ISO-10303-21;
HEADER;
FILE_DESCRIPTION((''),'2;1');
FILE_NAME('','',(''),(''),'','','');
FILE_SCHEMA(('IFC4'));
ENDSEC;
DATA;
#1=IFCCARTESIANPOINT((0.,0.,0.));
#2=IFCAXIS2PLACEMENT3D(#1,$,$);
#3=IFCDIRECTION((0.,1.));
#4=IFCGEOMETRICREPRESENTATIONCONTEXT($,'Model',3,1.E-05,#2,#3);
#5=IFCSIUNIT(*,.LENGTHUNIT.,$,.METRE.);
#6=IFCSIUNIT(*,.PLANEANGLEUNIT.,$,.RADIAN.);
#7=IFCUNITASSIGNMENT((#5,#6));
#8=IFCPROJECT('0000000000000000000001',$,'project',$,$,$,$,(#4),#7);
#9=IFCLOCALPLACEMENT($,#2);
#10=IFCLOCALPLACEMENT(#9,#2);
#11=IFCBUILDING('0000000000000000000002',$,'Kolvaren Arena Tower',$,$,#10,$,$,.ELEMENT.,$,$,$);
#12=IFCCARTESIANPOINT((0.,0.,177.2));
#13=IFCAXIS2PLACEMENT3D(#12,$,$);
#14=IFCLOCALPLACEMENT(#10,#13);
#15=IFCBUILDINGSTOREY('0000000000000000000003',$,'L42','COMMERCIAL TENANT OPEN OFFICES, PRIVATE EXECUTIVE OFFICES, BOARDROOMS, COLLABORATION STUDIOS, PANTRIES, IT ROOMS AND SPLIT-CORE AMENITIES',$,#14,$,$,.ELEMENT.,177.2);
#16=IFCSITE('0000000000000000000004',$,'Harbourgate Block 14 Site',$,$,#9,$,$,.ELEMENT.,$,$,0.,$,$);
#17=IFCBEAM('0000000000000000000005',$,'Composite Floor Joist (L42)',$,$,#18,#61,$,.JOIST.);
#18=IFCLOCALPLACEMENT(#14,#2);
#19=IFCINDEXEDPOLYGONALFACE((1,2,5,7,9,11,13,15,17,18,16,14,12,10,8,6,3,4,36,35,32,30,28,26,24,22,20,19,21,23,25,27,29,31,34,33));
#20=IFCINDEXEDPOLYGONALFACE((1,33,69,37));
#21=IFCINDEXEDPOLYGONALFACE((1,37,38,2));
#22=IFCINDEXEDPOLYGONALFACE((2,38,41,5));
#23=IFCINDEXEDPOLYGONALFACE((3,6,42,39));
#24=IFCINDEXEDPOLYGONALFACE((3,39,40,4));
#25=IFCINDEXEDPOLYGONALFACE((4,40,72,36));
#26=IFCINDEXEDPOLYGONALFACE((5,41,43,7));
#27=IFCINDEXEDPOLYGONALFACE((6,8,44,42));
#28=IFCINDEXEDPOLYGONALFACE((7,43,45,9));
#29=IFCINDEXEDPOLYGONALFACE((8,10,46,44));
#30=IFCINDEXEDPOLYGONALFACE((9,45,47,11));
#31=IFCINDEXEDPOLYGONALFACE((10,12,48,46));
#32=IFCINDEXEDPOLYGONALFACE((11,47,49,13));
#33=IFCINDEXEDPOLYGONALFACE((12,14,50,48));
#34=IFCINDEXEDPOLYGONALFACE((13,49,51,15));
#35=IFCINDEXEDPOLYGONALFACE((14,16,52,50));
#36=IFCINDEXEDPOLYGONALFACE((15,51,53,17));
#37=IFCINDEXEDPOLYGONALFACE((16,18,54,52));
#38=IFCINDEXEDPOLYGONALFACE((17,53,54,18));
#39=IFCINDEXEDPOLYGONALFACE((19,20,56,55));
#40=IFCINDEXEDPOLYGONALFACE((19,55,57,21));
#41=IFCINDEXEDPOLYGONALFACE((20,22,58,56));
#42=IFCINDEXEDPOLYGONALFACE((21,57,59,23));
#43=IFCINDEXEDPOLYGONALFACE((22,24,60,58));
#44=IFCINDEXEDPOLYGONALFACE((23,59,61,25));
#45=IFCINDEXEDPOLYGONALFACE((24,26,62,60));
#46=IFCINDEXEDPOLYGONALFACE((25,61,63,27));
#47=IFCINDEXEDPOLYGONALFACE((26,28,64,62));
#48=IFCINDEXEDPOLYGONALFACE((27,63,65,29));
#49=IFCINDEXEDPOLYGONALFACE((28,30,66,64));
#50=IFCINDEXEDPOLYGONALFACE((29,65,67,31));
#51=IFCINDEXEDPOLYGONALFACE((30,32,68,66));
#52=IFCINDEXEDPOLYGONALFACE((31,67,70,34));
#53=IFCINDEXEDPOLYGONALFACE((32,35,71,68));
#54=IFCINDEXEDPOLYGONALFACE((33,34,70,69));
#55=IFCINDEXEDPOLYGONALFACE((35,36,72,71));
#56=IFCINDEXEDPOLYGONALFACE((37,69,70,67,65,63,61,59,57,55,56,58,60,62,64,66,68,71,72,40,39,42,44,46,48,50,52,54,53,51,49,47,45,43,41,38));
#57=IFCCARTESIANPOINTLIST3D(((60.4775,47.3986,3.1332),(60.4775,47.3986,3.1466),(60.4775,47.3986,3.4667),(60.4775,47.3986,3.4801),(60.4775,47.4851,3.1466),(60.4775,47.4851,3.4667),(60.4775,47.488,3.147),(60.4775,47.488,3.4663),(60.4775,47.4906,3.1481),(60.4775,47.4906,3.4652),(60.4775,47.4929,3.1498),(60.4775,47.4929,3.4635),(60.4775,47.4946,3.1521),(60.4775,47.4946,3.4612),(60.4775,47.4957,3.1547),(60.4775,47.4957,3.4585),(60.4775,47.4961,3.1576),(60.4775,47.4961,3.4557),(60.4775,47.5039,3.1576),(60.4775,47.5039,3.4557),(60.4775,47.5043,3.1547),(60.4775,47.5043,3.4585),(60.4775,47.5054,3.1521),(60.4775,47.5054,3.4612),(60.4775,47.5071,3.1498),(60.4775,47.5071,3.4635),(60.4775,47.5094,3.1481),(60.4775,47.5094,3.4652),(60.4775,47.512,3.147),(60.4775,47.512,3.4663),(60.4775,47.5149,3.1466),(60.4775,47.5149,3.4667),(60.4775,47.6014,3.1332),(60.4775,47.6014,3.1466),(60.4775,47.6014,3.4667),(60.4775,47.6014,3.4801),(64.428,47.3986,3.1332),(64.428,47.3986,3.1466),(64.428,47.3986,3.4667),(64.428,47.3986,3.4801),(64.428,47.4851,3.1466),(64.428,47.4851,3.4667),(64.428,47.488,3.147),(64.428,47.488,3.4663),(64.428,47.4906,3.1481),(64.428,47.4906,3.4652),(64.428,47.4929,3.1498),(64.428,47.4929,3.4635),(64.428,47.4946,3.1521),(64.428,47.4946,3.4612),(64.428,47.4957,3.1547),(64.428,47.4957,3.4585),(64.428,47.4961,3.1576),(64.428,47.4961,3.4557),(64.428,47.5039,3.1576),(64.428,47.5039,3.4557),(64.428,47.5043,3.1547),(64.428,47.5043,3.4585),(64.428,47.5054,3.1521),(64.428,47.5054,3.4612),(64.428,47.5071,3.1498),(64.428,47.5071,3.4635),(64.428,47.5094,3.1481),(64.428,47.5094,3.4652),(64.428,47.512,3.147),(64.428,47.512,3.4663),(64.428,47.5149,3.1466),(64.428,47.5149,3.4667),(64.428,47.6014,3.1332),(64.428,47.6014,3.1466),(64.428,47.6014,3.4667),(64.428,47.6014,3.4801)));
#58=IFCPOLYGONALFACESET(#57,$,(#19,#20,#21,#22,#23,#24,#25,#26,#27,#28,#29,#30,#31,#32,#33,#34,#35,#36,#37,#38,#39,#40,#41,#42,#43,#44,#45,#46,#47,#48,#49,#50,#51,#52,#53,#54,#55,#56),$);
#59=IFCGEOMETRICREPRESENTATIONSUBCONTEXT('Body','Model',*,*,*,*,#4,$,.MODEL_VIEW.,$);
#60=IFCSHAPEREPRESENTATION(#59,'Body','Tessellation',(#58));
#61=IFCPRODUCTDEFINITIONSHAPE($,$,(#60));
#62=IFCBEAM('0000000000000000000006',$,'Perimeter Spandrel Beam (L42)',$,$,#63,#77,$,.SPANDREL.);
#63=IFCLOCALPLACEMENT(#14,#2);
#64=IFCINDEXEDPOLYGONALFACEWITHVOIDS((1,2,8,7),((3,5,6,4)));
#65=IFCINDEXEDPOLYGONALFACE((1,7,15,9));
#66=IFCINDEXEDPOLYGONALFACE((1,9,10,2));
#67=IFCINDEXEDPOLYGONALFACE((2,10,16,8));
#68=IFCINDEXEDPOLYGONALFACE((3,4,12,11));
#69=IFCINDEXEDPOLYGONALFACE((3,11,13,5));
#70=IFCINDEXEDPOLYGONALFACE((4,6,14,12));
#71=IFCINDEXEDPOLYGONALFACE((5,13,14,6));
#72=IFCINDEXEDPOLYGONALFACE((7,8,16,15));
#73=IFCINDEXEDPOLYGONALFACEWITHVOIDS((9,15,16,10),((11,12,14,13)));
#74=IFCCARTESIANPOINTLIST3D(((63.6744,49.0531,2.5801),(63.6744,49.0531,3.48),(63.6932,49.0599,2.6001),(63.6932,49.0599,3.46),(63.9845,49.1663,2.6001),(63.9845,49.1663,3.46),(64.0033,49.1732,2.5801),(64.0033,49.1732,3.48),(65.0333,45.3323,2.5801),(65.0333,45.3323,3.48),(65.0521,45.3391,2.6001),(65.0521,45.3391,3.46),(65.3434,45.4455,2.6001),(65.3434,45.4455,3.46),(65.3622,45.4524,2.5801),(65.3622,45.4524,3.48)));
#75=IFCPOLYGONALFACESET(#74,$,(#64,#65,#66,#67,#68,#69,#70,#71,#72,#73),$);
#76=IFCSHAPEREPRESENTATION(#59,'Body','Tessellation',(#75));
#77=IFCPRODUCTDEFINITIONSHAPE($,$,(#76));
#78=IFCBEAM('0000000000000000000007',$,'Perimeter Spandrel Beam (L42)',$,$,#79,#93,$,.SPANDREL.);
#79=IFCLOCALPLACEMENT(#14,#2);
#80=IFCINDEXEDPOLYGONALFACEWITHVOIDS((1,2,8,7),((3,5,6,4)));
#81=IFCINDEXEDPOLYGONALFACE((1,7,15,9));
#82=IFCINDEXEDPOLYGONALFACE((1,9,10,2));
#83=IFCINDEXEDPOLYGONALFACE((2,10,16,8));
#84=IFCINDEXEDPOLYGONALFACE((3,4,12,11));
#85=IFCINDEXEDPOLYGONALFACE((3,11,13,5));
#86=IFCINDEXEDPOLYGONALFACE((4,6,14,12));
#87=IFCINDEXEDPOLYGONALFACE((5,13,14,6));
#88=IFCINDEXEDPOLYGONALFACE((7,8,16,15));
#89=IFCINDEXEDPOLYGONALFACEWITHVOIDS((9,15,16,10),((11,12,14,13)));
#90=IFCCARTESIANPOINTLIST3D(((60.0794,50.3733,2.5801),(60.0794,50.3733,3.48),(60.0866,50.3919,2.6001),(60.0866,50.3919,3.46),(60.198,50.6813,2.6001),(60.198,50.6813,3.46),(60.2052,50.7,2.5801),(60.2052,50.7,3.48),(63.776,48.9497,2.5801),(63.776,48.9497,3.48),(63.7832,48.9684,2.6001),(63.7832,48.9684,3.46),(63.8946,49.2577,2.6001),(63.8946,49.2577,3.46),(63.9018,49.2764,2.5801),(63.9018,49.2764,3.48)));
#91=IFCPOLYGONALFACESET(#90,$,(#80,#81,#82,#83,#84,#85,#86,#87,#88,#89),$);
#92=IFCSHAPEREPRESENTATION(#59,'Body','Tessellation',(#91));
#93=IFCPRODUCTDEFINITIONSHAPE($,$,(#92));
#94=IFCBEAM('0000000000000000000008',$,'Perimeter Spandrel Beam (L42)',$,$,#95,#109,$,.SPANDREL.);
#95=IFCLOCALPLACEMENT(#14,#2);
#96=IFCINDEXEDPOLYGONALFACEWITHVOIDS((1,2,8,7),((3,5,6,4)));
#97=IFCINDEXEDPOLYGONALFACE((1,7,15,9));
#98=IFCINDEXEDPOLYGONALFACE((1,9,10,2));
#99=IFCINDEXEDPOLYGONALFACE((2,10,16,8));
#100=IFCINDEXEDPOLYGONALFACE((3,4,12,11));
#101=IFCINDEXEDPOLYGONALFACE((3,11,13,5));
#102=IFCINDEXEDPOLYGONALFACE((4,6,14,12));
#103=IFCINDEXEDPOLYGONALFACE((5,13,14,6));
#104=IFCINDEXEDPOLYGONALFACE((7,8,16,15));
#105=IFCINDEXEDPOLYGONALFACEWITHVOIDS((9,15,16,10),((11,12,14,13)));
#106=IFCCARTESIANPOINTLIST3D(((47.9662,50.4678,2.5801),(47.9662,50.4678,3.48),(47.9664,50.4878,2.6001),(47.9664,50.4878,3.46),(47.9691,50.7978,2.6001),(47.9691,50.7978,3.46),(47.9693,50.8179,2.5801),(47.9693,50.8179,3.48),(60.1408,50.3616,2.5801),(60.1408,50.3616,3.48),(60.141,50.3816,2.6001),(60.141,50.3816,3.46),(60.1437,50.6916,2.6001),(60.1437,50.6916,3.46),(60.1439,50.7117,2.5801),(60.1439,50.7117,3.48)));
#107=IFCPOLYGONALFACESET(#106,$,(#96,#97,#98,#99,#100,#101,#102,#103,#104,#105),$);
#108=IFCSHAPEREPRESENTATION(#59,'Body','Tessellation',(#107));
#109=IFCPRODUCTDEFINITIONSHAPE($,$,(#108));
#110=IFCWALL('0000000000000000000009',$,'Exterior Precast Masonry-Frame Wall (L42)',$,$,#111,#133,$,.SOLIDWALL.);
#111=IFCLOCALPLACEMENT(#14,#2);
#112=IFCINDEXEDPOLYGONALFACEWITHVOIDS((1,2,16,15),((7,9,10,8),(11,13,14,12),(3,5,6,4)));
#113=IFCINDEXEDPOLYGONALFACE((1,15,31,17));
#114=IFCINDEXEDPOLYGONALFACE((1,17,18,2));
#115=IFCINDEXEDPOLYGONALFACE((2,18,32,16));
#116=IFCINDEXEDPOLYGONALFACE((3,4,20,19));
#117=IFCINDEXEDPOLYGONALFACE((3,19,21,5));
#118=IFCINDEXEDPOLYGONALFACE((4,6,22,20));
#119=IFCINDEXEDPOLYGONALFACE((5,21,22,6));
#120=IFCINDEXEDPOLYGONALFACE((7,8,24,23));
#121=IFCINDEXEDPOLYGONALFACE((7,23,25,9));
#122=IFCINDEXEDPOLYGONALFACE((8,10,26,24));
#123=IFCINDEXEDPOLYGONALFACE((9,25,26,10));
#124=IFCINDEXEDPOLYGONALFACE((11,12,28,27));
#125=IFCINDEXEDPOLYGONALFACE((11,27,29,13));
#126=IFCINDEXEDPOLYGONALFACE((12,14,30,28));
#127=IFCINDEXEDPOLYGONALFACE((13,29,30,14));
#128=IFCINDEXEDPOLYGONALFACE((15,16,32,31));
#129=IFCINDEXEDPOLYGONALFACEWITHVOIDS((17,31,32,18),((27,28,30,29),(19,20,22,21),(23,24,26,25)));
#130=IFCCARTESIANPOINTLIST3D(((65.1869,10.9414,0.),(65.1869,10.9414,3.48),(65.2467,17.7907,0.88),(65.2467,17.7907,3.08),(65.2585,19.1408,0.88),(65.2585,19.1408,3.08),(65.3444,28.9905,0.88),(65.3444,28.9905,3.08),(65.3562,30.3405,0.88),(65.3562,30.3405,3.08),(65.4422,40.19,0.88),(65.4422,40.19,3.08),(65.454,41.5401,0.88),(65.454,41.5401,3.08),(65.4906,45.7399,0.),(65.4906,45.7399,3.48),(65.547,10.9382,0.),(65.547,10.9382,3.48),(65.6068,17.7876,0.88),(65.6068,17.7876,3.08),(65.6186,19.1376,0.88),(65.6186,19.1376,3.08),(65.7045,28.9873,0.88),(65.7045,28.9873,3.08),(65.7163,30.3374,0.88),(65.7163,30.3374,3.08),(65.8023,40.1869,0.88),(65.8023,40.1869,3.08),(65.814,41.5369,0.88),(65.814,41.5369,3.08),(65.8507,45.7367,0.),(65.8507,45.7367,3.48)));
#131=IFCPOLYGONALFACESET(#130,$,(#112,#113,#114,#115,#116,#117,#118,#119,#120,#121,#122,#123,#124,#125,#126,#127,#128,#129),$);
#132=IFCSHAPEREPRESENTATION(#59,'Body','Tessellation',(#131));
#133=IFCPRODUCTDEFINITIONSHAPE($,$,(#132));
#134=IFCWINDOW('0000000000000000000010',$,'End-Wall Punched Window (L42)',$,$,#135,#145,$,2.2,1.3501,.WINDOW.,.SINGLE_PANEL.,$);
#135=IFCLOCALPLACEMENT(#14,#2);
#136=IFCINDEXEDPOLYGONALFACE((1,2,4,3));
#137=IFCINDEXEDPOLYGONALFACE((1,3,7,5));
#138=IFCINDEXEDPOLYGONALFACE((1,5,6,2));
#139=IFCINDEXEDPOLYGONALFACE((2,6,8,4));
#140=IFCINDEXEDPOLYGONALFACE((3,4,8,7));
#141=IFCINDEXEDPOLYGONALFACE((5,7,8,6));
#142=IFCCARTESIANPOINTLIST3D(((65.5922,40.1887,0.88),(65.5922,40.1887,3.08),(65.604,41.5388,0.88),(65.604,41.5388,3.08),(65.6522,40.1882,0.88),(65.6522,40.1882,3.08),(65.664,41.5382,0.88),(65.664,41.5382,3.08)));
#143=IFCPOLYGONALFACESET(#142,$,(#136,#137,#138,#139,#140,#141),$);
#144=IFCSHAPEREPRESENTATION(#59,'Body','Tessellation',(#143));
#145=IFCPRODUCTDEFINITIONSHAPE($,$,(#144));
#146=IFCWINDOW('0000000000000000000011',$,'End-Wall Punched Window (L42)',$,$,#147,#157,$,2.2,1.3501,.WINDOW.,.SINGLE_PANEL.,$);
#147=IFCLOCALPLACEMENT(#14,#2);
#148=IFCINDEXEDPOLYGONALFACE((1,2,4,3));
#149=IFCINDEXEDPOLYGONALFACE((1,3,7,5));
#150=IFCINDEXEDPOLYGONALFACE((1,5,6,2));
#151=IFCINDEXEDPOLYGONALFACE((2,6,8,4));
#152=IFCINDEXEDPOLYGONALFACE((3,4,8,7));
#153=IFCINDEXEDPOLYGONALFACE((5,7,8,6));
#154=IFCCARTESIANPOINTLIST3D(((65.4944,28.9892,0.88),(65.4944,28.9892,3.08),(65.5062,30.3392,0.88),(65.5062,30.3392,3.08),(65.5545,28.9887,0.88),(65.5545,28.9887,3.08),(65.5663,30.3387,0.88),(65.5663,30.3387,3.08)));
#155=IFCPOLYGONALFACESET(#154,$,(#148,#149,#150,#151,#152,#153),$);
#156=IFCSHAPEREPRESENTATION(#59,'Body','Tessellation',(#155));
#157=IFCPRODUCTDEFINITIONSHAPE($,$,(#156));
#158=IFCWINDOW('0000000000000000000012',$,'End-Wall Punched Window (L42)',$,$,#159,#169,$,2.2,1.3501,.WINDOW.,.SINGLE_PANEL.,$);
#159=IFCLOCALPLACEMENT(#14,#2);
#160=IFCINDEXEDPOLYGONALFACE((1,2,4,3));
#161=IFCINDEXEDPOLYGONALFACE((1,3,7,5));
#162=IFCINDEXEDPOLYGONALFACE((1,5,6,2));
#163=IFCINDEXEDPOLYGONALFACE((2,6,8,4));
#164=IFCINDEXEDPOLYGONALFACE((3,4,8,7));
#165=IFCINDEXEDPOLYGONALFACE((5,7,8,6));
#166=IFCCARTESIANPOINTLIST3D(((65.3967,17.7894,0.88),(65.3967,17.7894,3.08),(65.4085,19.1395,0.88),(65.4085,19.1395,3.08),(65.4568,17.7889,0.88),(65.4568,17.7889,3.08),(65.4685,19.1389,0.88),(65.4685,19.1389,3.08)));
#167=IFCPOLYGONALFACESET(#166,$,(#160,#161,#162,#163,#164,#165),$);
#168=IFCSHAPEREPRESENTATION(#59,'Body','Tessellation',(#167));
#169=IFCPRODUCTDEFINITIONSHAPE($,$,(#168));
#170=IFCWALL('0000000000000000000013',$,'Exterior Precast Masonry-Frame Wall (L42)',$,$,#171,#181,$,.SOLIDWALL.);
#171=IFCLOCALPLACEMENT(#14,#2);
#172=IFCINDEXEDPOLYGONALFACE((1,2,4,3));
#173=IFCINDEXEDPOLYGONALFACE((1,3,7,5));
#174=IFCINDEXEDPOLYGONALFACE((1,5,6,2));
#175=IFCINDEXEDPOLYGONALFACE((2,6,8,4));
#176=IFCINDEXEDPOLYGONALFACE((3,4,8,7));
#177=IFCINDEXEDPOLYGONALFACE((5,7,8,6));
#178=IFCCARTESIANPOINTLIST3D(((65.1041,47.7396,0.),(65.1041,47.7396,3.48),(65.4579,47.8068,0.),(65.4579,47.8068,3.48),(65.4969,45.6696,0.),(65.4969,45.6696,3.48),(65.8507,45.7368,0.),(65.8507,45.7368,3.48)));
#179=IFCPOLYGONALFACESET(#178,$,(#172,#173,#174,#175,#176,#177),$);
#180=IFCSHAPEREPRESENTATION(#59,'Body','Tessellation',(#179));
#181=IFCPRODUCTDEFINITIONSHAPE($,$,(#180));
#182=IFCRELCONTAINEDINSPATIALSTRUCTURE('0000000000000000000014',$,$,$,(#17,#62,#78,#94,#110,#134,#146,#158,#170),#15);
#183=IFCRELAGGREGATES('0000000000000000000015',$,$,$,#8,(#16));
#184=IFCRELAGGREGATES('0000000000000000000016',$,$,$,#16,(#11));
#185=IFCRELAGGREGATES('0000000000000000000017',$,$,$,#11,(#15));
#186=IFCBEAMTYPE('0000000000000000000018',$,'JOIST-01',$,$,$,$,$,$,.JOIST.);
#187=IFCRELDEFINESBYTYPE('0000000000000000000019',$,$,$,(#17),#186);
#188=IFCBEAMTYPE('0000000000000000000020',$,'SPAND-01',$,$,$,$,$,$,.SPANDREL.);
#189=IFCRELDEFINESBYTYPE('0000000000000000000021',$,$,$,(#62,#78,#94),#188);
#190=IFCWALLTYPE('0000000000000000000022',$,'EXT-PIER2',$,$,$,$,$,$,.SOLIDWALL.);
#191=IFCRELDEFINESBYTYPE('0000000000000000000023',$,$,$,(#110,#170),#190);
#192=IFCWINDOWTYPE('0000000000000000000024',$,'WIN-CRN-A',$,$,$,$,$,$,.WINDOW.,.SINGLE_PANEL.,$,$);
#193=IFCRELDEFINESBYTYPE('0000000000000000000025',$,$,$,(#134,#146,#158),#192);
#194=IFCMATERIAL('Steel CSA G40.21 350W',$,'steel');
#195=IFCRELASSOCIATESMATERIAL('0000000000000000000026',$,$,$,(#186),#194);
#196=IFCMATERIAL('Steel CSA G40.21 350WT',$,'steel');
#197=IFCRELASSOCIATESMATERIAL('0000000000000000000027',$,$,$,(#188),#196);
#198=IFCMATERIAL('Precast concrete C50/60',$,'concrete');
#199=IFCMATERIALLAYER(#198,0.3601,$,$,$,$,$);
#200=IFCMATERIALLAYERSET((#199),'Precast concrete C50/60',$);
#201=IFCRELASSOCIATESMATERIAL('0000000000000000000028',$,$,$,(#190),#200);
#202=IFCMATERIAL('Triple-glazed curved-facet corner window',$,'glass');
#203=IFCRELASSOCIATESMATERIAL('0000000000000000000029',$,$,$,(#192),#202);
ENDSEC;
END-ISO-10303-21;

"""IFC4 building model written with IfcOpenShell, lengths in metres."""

from ifc_helpers import new_model, si_unit, direction, frame, frame_2d, origin, origin_2d, place, context, subcontext, project, spatial, rectangle, hollow_rectangle, i_section, extrude, material, layer, layer_set, material_profile, profile_set, type_object, element, fill, save


model = new_model("IFC4")

# Units and contexts
model_context = context("Model", 3, precision=1e-05, world=origin(), true_north=direction((0.0, 1.0)))
body_context = subcontext(model_context, "Body", "Model", "MODEL_VIEW")
ifc_project = project(units=[si_unit("LENGTHUNIT", "METRE"), si_unit("PLANEANGLEUNIT", "RADIAN")], contexts=[model_context])

# Site, building, storey
site_placement = place(None, origin())
site = spatial("IfcSite", under=ifc_project, at=site_placement, Name="Harbourgate Block 14 Site", CompositionType="ELEMENT", RefElevation=0.0)
building_placement = place(site_placement, origin())
building = spatial("IfcBuilding", under=site, at=building_placement, Name="Kolvaren Arena Tower", CompositionType="ELEMENT")
storey_placement = place(building_placement, frame((0.0, 0.0, 177.2)))
storey = spatial("IfcBuildingStorey", under=building, at=storey_placement, Name="L42", Description="COMMERCIAL TENANT OPEN OFFICES, PRIVATE EXECUTIVE OFFICES, BOARDROOMS, COLLABORATION STUDIOS, PANTRIES, IT ROOMS AND SPLIT-CORE AMENITIES", CompositionType="ELEMENT", Elevation=177.2)

# Beams
ifc_material_1 = material(Name="Steel CSA G40.21 350W", Category="steel")
ifc_material_profile_1 = material_profile(ifc_material_1, i_section(OverallWidth=0.2029, OverallDepth=0.3469, WebThickness=0.0078, FlangeThickness=0.0134, FilletRadius=0.011, at=origin_2d()), Name="W360x64")
ifc_profile_set_1 = profile_set([ifc_material_profile_1], Name="Steel CSA G40.21 350W")
beam_type_1 = type_object("IfcBeamType", Name="JOIST-01", PredefinedType="JOIST", material=ifc_profile_set_1)
beam_1_placement = place(storey_placement, frame((60.4775, 47.5, 3.3066), z_axis=(1.0, 0.0, 0.0), x_axis=(0.0, 1.0, 0.0)))
element("IfcBeam", 1, at=beam_1_placement, inside=storey, type_object=beam_type_1, Name="Composite Floor Joist (L42)", PredefinedType="JOIST", context=body_context, shape_type="SweptSolid", body=[
    extrude(i_section(OverallWidth=0.2029, OverallDepth=0.3469, WebThickness=0.0078, FlangeThickness=0.0134, FilletRadius=0.011, at=origin_2d()), origin(), (0.0, 0.0, 1.0), 3.9504),
])
ifc_material_2 = material(Name="Steel CSA G40.21 350WT", Category="steel")
ifc_material_profile_2 = material_profile(ifc_material_2, hollow_rectangle(XDim=0.3501, YDim=0.8999, WallThickness=0.02, at=origin_2d()), Name="HSS 900x350x20")
ifc_profile_set_2 = profile_set([ifc_material_profile_2], Name="Steel CSA G40.21 350WT")
beam_type_2 = type_object("IfcBeamType", Name="SPAND-01", PredefinedType="SPANDREL", material=ifc_profile_set_2)
for number, where, z_axis, x_axis, name in (
    (2, (65.1978, 45.3923, 3.03), (-0.343059, 0.939314, 0.0), (-0.939314, -0.343059, 0.0), "Perimeter Spandrel Beam (L42)"),
    (3, (63.8389, 49.113, 3.03), (-0.93319, 0.359384, 0.0), (-0.359384, -0.93319, 0.0), "Perimeter Spandrel Beam (L42)"),
):
    element("IfcBeam", number, at=place(storey_placement, frame(where, z_axis=z_axis, x_axis=x_axis)), inside=storey, type_object=beam_type_2, Name=name, PredefinedType="SPANDREL", context=body_context, shape_type="SweptSolid", body=[
        extrude(hollow_rectangle(XDim=0.3501, YDim=0.8999, WallThickness=0.02, at=origin_2d()), origin(), (0.0, 0.0, 1.0), 3.9612),
    ])
beam_2_placement = place(storey_placement, frame((60.1423, 50.5366, 3.03), z_axis=(-0.999962, 0.008723, 0.0), x_axis=(-0.008723, -0.999962, 0.0)))
element("IfcBeam", 4, at=beam_2_placement, inside=storey, type_object=beam_type_2, Name="Perimeter Spandrel Beam (L42)", PredefinedType="SPANDREL", context=body_context, shape_type="SweptSolid", body=[
    extrude(hollow_rectangle(XDim=0.3501, YDim=0.8999, WallThickness=0.02, at=origin_2d()), origin(), (0.0, 0.0, 1.0), 12.175),
])

# Wall, openings, windows
ifc_material_3 = material(Name="Precast concrete C50/60", Category="concrete")
ifc_layer_1 = layer(ifc_material_3, 0.3601)
ifc_layer_set_1 = layer_set([ifc_layer_1], Name="Precast concrete C50/60")
wall_type_1 = type_object("IfcWallType", Name="EXT-PIER2", PredefinedType="SOLIDWALL", material=ifc_layer_set_1)
wall_1_placement = place(storey_placement, frame((65.6707, 45.7383, 0.0), z_axis=(0.0, 0.0, 1.0), x_axis=(-0.008727, -0.999962, 0.0)))
wall_1 = element("IfcWall", 5, at=wall_1_placement, inside=storey, type_object=wall_type_1, Name="Exterior Precast Masonry-Frame Wall (L42)", PredefinedType="SOLIDWALL", context=body_context, shape_type="SweptSolid", body=[
    extrude(rectangle(XDim=34.7998, YDim=0.3601, at=frame_2d((17.3999, 0.0))), origin(), (0.0, 0.0, 1.0), 3.48),
])
opening_1_placement = place(wall_1_placement, frame((4.2, 0.0, 0.8799)))
opening_1 = element("IfcOpeningElement", 6, at=opening_1_placement, cuts=wall_1, PredefinedType="OPENING", context=body_context, shape_type="SweptSolid", body=[
    extrude(rectangle(XDim=1.3501, YDim=2.2, at=frame_2d((0.675, 1.1001))), frame((0.0, 0.1899, 0.0), z_axis=(0.0, -1.0, 0.0), x_axis=(1.0, 0.0, 0.0)), (0.0, 0.0, 1.0), 0.3801),
])
opening_2_placement = place(wall_1_placement, frame((15.3999, 0.0, 0.8799)))
opening_2 = element("IfcOpeningElement", 7, at=opening_2_placement, cuts=wall_1, PredefinedType="OPENING", context=body_context, shape_type="SweptSolid", body=[
    extrude(rectangle(XDim=1.3501, YDim=2.2, at=frame_2d((0.675, 1.1001))), frame((0.0, 0.1899, 0.0), z_axis=(0.0, -1.0, 0.0), x_axis=(1.0, 0.0, 0.0)), (0.0, 0.0, 1.0), 0.3801),
])
opening_3_placement = place(wall_1_placement, frame((26.6001, 0.0, 0.8799)))
opening_3 = element("IfcOpeningElement", 8, at=opening_3_placement, cuts=wall_1, PredefinedType="OPENING", context=body_context, shape_type="SweptSolid", body=[
    extrude(rectangle(XDim=1.3501, YDim=2.2, at=frame_2d((0.675, 1.1001))), frame((0.0, 0.1899, 0.0), z_axis=(0.0, -1.0, 0.0), x_axis=(1.0, 0.0, 0.0)), (0.0, 0.0, 1.0), 0.3801),
])
ifc_material_4 = material(Name="Triple-glazed curved-facet corner window", Category="glass")
window_type = type_object("IfcWindowType", Name="WIN-CRN-A", PartitioningType="SINGLE_PANEL", PredefinedType="WINDOW", material=ifc_material_4)
window_1_placement = place(opening_1_placement, origin())
window_1 = element("IfcWindow", 9, at=window_1_placement, inside=storey, type_object=window_type, Name="End-Wall Punched Window (L42)", OverallHeight=2.2, OverallWidth=1.3501, PartitioningType="SINGLE_PANEL", PredefinedType="WINDOW", context=body_context, shape_type="SweptSolid", body=[
    extrude(rectangle(XDim=1.3501, YDim=2.2, at=frame_2d((0.675, 1.1001))), frame((0.0, 0.03, 0.0), z_axis=(0.0, -1.0, 0.0), x_axis=(1.0, 0.0, 0.0)), (0.0, 0.0, 1.0), 0.0601),
])
fill(opening_1, window_1)
window_2_placement = place(opening_2_placement, origin())
window_2 = element("IfcWindow", 10, at=window_2_placement, inside=storey, type_object=window_type, Name="End-Wall Punched Window (L42)", OverallHeight=2.2, OverallWidth=1.3501, PartitioningType="SINGLE_PANEL", PredefinedType="WINDOW", context=body_context, shape_type="SweptSolid", body=[
    extrude(rectangle(XDim=1.3501, YDim=2.2, at=frame_2d((0.675, 1.1001))), frame((0.0, 0.03, 0.0), z_axis=(0.0, -1.0, 0.0), x_axis=(1.0, 0.0, 0.0)), (0.0, 0.0, 1.0), 0.0601),
])
fill(opening_2, window_2)
window_3_placement = place(opening_3_placement, origin())
window_3 = element("IfcWindow", 11, at=window_3_placement, inside=storey, type_object=window_type, Name="End-Wall Punched Window (L42)", OverallHeight=2.2, OverallWidth=1.3501, PartitioningType="SINGLE_PANEL", PredefinedType="WINDOW", context=body_context, shape_type="SweptSolid", body=[
    extrude(rectangle(XDim=1.3501, YDim=2.2, at=frame_2d((0.675, 1.1001))), frame((0.0, 0.03, 0.0), z_axis=(0.0, -1.0, 0.0), x_axis=(1.0, 0.0, 0.0)), (0.0, 0.0, 1.0), 0.0601),
])
fill(opening_3, window_3)

# Wall
wall_2_placement = place(storey_placement, frame((65.281, 47.7732, 0.0), z_axis=(0.0, 0.0, 1.0), x_axis=(0.186436, -0.982467, 0.0)))
element("IfcWall", 12, at=wall_2_placement, inside=storey, type_object=wall_type_1, Name="Exterior Precast Masonry-Frame Wall (L42)", PredefinedType="SOLIDWALL", context=body_context, shape_type="SweptSolid", body=[
    extrude(rectangle(XDim=2.1069, YDim=0.3601, at=frame_2d((1.0535, 0.0))), origin(), (0.0, 0.0, 1.0), 3.48),
])

save(model, "model.ifc")
